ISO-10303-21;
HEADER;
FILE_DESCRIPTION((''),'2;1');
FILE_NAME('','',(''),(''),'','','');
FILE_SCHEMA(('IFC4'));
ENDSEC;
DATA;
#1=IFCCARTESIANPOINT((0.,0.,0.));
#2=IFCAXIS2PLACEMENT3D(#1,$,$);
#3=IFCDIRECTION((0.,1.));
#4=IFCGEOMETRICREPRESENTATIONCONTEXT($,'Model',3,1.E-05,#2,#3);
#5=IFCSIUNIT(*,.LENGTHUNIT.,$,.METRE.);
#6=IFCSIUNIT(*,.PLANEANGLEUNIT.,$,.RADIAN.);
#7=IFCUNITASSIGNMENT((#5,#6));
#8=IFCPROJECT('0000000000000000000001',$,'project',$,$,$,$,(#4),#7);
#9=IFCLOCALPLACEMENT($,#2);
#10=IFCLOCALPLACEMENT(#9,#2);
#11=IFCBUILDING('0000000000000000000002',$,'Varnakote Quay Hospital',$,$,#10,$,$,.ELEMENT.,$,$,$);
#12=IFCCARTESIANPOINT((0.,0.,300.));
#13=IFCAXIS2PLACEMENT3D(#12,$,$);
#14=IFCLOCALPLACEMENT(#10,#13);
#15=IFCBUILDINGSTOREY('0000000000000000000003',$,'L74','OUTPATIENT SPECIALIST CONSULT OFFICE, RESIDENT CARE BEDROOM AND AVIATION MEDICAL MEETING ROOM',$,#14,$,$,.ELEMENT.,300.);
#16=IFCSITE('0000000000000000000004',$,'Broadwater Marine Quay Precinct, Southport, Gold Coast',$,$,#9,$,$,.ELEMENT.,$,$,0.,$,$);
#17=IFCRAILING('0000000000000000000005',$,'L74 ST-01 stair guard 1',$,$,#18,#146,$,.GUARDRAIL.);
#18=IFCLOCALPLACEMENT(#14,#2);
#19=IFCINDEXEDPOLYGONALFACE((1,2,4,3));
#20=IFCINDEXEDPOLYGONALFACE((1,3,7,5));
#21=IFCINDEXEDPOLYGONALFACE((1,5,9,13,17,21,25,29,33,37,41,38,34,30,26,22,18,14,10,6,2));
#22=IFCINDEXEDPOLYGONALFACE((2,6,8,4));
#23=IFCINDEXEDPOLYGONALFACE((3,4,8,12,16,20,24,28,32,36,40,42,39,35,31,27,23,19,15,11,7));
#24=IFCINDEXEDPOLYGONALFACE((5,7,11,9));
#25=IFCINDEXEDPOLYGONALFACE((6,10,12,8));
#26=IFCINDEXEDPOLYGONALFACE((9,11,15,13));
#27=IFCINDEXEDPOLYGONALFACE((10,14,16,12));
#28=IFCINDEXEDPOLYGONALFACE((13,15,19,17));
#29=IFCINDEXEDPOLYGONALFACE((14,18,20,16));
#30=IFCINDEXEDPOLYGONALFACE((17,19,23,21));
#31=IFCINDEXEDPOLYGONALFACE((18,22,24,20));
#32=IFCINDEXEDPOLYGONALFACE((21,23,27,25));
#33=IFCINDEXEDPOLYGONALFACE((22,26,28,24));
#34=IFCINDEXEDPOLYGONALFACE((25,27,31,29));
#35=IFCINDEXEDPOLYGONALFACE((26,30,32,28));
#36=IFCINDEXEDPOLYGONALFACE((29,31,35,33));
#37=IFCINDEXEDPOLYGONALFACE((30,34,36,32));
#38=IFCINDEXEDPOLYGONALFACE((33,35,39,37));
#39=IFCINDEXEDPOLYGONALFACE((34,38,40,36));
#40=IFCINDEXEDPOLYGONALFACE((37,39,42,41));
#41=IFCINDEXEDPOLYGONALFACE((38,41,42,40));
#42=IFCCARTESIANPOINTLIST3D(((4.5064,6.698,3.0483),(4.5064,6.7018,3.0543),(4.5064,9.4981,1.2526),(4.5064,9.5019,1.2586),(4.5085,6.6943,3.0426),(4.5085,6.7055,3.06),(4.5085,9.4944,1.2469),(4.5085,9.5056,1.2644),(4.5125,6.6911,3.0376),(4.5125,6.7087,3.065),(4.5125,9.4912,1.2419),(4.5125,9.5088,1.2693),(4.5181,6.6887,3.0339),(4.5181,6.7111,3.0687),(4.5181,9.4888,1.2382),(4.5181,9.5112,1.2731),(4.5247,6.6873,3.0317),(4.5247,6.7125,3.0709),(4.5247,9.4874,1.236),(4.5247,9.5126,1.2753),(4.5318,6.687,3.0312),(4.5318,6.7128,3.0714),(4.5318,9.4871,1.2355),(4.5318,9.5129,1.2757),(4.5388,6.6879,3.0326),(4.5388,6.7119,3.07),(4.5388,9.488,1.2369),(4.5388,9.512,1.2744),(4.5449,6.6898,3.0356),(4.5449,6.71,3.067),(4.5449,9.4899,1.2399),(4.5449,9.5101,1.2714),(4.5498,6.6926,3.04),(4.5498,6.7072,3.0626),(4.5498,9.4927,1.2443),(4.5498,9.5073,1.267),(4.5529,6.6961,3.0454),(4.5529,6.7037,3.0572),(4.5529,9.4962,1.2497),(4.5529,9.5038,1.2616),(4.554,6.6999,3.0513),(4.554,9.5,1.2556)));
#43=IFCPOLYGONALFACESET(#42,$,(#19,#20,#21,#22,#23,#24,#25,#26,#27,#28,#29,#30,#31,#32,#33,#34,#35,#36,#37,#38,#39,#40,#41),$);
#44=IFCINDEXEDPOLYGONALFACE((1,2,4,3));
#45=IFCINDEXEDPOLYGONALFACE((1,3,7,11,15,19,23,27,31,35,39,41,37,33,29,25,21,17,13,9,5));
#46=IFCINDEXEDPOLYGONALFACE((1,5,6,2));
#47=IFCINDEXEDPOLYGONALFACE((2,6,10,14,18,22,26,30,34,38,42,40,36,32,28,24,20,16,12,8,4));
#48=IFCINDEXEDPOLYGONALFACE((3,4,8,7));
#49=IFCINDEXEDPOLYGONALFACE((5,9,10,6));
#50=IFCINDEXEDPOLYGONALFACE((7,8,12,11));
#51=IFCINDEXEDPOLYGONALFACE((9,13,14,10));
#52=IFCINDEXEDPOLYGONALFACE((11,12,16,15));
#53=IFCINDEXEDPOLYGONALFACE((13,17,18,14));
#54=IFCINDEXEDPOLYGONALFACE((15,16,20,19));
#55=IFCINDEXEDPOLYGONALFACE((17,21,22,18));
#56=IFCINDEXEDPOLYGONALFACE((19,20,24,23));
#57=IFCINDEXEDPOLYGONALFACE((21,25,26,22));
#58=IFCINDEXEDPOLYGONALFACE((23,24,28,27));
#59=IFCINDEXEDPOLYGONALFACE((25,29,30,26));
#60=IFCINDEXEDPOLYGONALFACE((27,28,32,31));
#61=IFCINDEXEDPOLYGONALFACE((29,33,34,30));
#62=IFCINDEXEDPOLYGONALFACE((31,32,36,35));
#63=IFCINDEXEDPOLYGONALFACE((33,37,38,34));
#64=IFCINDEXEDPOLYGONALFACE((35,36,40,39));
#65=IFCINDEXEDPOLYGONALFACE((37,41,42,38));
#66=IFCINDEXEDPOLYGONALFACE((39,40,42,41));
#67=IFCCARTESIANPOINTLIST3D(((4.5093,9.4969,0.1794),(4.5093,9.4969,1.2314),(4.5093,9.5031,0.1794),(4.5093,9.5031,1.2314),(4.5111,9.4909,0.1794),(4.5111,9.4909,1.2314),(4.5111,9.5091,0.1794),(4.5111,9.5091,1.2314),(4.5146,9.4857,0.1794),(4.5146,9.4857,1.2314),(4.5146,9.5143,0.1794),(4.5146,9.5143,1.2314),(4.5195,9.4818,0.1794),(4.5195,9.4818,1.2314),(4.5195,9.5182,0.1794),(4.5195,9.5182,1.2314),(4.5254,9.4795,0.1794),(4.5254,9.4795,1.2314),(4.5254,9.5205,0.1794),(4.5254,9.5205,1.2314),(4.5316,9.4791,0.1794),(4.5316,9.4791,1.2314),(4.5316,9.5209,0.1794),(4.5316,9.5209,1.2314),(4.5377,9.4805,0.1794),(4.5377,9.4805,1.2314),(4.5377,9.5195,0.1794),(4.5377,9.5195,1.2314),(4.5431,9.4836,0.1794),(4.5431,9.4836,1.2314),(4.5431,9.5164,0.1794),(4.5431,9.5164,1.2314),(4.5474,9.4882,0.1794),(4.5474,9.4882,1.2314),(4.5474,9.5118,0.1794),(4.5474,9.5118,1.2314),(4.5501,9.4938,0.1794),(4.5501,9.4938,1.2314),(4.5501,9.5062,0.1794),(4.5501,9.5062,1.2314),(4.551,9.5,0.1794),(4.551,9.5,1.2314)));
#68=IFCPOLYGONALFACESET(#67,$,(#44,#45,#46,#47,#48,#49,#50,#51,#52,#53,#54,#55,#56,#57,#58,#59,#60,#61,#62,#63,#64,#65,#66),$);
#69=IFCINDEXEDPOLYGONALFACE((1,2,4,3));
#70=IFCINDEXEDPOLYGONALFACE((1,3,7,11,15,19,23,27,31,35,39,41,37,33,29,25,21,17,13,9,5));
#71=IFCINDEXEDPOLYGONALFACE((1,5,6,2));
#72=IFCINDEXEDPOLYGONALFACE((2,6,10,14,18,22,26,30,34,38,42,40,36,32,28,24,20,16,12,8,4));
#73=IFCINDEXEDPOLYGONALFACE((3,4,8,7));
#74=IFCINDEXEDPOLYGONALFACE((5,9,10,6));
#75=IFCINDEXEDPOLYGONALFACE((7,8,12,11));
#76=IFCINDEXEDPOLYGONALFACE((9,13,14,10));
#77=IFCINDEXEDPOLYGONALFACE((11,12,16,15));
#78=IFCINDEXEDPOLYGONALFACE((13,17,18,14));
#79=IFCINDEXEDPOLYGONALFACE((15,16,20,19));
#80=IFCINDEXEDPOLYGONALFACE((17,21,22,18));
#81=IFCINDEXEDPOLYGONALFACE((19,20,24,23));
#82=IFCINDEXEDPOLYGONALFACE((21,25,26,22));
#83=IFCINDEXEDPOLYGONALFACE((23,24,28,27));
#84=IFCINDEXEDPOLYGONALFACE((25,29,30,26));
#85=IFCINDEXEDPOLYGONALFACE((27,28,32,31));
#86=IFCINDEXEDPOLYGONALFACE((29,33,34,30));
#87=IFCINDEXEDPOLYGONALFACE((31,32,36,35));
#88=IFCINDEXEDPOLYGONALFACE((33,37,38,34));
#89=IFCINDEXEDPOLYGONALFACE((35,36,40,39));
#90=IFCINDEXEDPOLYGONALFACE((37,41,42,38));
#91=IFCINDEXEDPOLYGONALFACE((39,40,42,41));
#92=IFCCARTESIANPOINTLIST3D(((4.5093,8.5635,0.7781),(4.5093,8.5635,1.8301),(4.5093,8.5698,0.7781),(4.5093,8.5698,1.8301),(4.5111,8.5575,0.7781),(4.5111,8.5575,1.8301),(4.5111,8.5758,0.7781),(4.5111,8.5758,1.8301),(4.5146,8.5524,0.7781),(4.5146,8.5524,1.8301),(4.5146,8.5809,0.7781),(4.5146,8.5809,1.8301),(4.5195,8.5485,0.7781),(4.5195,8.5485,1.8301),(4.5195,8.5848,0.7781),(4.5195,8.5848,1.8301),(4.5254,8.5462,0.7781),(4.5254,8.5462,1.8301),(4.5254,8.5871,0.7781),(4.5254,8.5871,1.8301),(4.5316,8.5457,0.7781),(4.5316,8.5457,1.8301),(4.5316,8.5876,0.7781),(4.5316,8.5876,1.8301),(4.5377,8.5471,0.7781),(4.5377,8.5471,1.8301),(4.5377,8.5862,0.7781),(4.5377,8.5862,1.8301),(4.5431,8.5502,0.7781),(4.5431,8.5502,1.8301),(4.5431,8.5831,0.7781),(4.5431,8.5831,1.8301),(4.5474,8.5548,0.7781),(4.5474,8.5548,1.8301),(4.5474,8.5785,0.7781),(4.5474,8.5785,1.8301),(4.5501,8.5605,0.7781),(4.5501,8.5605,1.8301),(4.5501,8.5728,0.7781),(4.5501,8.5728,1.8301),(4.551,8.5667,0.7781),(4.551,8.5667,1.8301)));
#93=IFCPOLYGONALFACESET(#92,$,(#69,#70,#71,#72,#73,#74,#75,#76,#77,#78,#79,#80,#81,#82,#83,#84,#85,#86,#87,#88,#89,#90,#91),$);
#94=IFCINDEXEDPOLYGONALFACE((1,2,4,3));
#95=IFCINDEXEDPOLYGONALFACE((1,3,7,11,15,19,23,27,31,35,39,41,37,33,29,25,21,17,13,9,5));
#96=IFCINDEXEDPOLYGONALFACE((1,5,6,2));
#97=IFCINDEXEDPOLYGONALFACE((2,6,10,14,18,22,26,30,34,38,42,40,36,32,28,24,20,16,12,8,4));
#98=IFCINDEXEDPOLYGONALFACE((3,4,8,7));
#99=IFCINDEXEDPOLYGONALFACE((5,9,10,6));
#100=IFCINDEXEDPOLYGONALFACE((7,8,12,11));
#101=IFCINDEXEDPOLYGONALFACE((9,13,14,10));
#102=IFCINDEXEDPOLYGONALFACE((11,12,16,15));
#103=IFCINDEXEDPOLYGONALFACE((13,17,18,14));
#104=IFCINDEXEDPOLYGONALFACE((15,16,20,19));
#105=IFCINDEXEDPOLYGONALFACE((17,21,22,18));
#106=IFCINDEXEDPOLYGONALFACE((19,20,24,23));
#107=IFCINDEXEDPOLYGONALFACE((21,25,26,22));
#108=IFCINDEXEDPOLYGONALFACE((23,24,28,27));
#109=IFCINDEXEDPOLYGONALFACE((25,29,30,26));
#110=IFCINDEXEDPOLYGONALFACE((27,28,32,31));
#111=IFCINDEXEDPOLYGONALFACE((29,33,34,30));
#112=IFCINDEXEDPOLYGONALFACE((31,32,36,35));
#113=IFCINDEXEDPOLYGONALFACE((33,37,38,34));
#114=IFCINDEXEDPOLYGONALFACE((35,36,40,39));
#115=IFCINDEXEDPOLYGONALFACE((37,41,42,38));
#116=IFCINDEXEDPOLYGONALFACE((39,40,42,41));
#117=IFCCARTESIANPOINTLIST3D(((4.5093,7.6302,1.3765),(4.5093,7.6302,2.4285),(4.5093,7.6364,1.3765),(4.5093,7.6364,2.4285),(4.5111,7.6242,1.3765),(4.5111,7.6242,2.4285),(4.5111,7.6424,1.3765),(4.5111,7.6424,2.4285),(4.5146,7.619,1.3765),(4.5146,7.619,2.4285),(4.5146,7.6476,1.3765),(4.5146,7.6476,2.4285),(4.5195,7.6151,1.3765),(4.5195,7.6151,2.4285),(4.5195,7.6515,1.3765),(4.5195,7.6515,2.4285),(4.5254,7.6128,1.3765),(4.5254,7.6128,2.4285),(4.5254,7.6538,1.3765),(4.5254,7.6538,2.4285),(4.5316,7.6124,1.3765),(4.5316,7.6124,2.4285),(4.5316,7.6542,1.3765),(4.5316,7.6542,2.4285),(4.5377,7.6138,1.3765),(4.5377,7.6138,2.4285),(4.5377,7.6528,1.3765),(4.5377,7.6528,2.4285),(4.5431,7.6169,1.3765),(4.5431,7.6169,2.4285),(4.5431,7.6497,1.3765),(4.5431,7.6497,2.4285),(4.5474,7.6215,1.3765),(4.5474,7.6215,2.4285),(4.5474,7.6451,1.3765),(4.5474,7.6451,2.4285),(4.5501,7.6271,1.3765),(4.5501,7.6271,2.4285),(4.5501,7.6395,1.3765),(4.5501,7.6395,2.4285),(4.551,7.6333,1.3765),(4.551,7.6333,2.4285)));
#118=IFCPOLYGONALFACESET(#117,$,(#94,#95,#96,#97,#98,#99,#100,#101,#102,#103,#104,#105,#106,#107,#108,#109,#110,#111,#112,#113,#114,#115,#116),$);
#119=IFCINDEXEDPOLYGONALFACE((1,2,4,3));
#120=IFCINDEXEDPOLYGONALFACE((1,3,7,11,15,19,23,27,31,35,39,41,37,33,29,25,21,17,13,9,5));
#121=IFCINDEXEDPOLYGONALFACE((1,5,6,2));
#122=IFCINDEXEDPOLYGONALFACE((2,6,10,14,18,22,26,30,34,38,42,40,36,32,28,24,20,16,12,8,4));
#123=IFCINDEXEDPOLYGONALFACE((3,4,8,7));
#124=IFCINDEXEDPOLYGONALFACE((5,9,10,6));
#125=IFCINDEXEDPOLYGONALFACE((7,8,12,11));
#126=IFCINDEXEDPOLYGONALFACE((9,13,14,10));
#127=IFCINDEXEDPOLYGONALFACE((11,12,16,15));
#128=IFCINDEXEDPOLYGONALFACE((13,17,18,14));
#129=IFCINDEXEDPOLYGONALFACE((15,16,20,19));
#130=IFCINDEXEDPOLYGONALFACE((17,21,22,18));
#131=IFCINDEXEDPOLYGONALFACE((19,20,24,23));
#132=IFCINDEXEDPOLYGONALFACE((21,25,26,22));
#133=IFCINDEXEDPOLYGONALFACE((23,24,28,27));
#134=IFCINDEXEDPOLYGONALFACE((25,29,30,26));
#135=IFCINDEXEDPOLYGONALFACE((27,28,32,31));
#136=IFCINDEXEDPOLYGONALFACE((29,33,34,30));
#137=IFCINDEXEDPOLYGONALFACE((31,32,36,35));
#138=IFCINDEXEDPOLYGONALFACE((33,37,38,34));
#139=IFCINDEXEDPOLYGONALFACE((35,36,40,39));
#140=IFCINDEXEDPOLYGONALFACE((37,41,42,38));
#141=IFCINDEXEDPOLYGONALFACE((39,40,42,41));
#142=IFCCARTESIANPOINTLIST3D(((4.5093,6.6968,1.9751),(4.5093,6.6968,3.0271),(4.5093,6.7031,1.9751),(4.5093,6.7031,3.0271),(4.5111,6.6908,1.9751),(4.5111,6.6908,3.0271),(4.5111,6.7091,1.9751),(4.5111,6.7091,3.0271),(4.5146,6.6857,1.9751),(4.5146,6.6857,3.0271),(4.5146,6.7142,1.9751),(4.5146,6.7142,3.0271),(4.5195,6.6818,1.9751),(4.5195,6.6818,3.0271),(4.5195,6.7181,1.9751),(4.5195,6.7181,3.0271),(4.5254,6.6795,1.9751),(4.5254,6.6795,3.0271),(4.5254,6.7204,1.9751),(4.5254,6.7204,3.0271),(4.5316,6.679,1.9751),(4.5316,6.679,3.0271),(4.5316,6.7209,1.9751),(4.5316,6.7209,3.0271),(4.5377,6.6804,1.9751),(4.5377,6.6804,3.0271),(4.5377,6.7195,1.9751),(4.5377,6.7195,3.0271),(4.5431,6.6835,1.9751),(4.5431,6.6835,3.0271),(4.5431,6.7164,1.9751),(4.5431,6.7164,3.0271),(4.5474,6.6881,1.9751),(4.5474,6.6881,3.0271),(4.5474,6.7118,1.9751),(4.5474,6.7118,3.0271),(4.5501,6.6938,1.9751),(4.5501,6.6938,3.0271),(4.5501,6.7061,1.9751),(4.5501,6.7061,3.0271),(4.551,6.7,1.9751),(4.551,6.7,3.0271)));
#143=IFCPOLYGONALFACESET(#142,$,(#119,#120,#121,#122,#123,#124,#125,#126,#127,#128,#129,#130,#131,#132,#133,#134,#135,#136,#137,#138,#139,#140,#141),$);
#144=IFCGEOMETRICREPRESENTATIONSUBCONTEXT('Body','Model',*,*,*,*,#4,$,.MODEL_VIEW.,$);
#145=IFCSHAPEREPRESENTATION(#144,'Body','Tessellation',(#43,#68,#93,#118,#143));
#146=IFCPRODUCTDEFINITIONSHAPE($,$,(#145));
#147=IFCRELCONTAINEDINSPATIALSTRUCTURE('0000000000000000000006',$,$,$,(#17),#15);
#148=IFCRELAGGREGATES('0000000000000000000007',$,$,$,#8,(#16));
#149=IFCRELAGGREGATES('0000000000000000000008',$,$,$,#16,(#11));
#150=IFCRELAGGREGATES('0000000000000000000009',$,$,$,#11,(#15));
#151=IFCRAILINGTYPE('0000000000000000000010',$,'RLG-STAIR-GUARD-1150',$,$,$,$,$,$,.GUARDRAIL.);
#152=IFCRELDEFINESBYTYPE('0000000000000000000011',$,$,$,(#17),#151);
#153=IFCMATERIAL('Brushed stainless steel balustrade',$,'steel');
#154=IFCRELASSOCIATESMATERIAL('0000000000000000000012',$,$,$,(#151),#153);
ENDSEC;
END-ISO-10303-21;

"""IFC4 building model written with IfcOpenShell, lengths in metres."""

from ifc_helpers import new_model, si_unit, direction, frame, origin, origin_2d, place, context, subcontext, project, spatial, circle, extrude, material, type_object, element, save


model = new_model("IFC4")

# Units and contexts
model_context = context("Model", 3, precision=1e-05, world=origin(), true_north=direction((0.0, 1.0)))
body_context = subcontext(model_context, "Body", "Model", "MODEL_VIEW")
ifc_project = project(units=[si_unit("LENGTHUNIT", "METRE"), si_unit("PLANEANGLEUNIT", "RADIAN")], contexts=[model_context])

# Site, building, storey
site_placement = place(None, origin())
site = spatial("IfcSite", under=ifc_project, at=site_placement, Name="Broadwater Marine Quay Precinct, Southport, Gold Coast", CompositionType="ELEMENT", RefElevation=0.0)
building_placement = place(site_placement, origin())
building = spatial("IfcBuilding", under=site, at=building_placement, Name="Varnakote Quay Hospital", CompositionType="ELEMENT")
storey_placement = place(building_placement, frame((0.0, 0.0, 300.0)))
storey = spatial("IfcBuildingStorey", under=building, at=storey_placement, Name="L74", Description="OUTPATIENT SPECIALIST CONSULT OFFICE, RESIDENT CARE BEDROOM AND AVIATION MEDICAL MEETING ROOM", CompositionType="ELEMENT", Elevation=300.0)

# Railing
ifc_material_1 = material(Name="Brushed stainless steel balustrade", Category="steel")
railing_type_1 = type_object("IfcRailingType", Name="RLG-STAIR-GUARD-1150", PredefinedType="GUARDRAIL", material=ifc_material_1)
railing_1_placement = place(storey_placement, frame((4.53, 9.5, 0.1794)))
element("IfcRailing", 1, at=railing_1_placement, inside=storey, type_object=railing_type_1, Name="L74 ST-01 stair guard 1", PredefinedType="GUARDRAIL", context=body_context, shape_type="SweptSolid", body=[
    extrude(circle(Radius=0.0239, at=origin_2d()), frame((0.0, 0.0, 1.0762), z_axis=(0.0, -0.841777, 0.539826), x_axis=(1.0, 0.0, 0.0)), (0.0, 0.0, 1.0), 3.3264),
    extrude(circle(Radius=0.021, at=origin_2d()), origin(), (0.0, 0.0, 1.0), 1.052),
    extrude(circle(Radius=0.021, at=origin_2d()), frame((0.0, -0.9333, 0.5986)), (0.0, 0.0, 1.0), 1.052),
    extrude(circle(Radius=0.021, at=origin_2d()), frame((0.0, -1.8667, 1.197)), (0.0, 0.0, 1.0), 1.052),
    extrude(circle(Radius=0.021, at=origin_2d()), frame((0.0, -2.8, 1.7957)), (0.0, 0.0, 1.0), 1.052),
])

save(model, "model.ifc")
